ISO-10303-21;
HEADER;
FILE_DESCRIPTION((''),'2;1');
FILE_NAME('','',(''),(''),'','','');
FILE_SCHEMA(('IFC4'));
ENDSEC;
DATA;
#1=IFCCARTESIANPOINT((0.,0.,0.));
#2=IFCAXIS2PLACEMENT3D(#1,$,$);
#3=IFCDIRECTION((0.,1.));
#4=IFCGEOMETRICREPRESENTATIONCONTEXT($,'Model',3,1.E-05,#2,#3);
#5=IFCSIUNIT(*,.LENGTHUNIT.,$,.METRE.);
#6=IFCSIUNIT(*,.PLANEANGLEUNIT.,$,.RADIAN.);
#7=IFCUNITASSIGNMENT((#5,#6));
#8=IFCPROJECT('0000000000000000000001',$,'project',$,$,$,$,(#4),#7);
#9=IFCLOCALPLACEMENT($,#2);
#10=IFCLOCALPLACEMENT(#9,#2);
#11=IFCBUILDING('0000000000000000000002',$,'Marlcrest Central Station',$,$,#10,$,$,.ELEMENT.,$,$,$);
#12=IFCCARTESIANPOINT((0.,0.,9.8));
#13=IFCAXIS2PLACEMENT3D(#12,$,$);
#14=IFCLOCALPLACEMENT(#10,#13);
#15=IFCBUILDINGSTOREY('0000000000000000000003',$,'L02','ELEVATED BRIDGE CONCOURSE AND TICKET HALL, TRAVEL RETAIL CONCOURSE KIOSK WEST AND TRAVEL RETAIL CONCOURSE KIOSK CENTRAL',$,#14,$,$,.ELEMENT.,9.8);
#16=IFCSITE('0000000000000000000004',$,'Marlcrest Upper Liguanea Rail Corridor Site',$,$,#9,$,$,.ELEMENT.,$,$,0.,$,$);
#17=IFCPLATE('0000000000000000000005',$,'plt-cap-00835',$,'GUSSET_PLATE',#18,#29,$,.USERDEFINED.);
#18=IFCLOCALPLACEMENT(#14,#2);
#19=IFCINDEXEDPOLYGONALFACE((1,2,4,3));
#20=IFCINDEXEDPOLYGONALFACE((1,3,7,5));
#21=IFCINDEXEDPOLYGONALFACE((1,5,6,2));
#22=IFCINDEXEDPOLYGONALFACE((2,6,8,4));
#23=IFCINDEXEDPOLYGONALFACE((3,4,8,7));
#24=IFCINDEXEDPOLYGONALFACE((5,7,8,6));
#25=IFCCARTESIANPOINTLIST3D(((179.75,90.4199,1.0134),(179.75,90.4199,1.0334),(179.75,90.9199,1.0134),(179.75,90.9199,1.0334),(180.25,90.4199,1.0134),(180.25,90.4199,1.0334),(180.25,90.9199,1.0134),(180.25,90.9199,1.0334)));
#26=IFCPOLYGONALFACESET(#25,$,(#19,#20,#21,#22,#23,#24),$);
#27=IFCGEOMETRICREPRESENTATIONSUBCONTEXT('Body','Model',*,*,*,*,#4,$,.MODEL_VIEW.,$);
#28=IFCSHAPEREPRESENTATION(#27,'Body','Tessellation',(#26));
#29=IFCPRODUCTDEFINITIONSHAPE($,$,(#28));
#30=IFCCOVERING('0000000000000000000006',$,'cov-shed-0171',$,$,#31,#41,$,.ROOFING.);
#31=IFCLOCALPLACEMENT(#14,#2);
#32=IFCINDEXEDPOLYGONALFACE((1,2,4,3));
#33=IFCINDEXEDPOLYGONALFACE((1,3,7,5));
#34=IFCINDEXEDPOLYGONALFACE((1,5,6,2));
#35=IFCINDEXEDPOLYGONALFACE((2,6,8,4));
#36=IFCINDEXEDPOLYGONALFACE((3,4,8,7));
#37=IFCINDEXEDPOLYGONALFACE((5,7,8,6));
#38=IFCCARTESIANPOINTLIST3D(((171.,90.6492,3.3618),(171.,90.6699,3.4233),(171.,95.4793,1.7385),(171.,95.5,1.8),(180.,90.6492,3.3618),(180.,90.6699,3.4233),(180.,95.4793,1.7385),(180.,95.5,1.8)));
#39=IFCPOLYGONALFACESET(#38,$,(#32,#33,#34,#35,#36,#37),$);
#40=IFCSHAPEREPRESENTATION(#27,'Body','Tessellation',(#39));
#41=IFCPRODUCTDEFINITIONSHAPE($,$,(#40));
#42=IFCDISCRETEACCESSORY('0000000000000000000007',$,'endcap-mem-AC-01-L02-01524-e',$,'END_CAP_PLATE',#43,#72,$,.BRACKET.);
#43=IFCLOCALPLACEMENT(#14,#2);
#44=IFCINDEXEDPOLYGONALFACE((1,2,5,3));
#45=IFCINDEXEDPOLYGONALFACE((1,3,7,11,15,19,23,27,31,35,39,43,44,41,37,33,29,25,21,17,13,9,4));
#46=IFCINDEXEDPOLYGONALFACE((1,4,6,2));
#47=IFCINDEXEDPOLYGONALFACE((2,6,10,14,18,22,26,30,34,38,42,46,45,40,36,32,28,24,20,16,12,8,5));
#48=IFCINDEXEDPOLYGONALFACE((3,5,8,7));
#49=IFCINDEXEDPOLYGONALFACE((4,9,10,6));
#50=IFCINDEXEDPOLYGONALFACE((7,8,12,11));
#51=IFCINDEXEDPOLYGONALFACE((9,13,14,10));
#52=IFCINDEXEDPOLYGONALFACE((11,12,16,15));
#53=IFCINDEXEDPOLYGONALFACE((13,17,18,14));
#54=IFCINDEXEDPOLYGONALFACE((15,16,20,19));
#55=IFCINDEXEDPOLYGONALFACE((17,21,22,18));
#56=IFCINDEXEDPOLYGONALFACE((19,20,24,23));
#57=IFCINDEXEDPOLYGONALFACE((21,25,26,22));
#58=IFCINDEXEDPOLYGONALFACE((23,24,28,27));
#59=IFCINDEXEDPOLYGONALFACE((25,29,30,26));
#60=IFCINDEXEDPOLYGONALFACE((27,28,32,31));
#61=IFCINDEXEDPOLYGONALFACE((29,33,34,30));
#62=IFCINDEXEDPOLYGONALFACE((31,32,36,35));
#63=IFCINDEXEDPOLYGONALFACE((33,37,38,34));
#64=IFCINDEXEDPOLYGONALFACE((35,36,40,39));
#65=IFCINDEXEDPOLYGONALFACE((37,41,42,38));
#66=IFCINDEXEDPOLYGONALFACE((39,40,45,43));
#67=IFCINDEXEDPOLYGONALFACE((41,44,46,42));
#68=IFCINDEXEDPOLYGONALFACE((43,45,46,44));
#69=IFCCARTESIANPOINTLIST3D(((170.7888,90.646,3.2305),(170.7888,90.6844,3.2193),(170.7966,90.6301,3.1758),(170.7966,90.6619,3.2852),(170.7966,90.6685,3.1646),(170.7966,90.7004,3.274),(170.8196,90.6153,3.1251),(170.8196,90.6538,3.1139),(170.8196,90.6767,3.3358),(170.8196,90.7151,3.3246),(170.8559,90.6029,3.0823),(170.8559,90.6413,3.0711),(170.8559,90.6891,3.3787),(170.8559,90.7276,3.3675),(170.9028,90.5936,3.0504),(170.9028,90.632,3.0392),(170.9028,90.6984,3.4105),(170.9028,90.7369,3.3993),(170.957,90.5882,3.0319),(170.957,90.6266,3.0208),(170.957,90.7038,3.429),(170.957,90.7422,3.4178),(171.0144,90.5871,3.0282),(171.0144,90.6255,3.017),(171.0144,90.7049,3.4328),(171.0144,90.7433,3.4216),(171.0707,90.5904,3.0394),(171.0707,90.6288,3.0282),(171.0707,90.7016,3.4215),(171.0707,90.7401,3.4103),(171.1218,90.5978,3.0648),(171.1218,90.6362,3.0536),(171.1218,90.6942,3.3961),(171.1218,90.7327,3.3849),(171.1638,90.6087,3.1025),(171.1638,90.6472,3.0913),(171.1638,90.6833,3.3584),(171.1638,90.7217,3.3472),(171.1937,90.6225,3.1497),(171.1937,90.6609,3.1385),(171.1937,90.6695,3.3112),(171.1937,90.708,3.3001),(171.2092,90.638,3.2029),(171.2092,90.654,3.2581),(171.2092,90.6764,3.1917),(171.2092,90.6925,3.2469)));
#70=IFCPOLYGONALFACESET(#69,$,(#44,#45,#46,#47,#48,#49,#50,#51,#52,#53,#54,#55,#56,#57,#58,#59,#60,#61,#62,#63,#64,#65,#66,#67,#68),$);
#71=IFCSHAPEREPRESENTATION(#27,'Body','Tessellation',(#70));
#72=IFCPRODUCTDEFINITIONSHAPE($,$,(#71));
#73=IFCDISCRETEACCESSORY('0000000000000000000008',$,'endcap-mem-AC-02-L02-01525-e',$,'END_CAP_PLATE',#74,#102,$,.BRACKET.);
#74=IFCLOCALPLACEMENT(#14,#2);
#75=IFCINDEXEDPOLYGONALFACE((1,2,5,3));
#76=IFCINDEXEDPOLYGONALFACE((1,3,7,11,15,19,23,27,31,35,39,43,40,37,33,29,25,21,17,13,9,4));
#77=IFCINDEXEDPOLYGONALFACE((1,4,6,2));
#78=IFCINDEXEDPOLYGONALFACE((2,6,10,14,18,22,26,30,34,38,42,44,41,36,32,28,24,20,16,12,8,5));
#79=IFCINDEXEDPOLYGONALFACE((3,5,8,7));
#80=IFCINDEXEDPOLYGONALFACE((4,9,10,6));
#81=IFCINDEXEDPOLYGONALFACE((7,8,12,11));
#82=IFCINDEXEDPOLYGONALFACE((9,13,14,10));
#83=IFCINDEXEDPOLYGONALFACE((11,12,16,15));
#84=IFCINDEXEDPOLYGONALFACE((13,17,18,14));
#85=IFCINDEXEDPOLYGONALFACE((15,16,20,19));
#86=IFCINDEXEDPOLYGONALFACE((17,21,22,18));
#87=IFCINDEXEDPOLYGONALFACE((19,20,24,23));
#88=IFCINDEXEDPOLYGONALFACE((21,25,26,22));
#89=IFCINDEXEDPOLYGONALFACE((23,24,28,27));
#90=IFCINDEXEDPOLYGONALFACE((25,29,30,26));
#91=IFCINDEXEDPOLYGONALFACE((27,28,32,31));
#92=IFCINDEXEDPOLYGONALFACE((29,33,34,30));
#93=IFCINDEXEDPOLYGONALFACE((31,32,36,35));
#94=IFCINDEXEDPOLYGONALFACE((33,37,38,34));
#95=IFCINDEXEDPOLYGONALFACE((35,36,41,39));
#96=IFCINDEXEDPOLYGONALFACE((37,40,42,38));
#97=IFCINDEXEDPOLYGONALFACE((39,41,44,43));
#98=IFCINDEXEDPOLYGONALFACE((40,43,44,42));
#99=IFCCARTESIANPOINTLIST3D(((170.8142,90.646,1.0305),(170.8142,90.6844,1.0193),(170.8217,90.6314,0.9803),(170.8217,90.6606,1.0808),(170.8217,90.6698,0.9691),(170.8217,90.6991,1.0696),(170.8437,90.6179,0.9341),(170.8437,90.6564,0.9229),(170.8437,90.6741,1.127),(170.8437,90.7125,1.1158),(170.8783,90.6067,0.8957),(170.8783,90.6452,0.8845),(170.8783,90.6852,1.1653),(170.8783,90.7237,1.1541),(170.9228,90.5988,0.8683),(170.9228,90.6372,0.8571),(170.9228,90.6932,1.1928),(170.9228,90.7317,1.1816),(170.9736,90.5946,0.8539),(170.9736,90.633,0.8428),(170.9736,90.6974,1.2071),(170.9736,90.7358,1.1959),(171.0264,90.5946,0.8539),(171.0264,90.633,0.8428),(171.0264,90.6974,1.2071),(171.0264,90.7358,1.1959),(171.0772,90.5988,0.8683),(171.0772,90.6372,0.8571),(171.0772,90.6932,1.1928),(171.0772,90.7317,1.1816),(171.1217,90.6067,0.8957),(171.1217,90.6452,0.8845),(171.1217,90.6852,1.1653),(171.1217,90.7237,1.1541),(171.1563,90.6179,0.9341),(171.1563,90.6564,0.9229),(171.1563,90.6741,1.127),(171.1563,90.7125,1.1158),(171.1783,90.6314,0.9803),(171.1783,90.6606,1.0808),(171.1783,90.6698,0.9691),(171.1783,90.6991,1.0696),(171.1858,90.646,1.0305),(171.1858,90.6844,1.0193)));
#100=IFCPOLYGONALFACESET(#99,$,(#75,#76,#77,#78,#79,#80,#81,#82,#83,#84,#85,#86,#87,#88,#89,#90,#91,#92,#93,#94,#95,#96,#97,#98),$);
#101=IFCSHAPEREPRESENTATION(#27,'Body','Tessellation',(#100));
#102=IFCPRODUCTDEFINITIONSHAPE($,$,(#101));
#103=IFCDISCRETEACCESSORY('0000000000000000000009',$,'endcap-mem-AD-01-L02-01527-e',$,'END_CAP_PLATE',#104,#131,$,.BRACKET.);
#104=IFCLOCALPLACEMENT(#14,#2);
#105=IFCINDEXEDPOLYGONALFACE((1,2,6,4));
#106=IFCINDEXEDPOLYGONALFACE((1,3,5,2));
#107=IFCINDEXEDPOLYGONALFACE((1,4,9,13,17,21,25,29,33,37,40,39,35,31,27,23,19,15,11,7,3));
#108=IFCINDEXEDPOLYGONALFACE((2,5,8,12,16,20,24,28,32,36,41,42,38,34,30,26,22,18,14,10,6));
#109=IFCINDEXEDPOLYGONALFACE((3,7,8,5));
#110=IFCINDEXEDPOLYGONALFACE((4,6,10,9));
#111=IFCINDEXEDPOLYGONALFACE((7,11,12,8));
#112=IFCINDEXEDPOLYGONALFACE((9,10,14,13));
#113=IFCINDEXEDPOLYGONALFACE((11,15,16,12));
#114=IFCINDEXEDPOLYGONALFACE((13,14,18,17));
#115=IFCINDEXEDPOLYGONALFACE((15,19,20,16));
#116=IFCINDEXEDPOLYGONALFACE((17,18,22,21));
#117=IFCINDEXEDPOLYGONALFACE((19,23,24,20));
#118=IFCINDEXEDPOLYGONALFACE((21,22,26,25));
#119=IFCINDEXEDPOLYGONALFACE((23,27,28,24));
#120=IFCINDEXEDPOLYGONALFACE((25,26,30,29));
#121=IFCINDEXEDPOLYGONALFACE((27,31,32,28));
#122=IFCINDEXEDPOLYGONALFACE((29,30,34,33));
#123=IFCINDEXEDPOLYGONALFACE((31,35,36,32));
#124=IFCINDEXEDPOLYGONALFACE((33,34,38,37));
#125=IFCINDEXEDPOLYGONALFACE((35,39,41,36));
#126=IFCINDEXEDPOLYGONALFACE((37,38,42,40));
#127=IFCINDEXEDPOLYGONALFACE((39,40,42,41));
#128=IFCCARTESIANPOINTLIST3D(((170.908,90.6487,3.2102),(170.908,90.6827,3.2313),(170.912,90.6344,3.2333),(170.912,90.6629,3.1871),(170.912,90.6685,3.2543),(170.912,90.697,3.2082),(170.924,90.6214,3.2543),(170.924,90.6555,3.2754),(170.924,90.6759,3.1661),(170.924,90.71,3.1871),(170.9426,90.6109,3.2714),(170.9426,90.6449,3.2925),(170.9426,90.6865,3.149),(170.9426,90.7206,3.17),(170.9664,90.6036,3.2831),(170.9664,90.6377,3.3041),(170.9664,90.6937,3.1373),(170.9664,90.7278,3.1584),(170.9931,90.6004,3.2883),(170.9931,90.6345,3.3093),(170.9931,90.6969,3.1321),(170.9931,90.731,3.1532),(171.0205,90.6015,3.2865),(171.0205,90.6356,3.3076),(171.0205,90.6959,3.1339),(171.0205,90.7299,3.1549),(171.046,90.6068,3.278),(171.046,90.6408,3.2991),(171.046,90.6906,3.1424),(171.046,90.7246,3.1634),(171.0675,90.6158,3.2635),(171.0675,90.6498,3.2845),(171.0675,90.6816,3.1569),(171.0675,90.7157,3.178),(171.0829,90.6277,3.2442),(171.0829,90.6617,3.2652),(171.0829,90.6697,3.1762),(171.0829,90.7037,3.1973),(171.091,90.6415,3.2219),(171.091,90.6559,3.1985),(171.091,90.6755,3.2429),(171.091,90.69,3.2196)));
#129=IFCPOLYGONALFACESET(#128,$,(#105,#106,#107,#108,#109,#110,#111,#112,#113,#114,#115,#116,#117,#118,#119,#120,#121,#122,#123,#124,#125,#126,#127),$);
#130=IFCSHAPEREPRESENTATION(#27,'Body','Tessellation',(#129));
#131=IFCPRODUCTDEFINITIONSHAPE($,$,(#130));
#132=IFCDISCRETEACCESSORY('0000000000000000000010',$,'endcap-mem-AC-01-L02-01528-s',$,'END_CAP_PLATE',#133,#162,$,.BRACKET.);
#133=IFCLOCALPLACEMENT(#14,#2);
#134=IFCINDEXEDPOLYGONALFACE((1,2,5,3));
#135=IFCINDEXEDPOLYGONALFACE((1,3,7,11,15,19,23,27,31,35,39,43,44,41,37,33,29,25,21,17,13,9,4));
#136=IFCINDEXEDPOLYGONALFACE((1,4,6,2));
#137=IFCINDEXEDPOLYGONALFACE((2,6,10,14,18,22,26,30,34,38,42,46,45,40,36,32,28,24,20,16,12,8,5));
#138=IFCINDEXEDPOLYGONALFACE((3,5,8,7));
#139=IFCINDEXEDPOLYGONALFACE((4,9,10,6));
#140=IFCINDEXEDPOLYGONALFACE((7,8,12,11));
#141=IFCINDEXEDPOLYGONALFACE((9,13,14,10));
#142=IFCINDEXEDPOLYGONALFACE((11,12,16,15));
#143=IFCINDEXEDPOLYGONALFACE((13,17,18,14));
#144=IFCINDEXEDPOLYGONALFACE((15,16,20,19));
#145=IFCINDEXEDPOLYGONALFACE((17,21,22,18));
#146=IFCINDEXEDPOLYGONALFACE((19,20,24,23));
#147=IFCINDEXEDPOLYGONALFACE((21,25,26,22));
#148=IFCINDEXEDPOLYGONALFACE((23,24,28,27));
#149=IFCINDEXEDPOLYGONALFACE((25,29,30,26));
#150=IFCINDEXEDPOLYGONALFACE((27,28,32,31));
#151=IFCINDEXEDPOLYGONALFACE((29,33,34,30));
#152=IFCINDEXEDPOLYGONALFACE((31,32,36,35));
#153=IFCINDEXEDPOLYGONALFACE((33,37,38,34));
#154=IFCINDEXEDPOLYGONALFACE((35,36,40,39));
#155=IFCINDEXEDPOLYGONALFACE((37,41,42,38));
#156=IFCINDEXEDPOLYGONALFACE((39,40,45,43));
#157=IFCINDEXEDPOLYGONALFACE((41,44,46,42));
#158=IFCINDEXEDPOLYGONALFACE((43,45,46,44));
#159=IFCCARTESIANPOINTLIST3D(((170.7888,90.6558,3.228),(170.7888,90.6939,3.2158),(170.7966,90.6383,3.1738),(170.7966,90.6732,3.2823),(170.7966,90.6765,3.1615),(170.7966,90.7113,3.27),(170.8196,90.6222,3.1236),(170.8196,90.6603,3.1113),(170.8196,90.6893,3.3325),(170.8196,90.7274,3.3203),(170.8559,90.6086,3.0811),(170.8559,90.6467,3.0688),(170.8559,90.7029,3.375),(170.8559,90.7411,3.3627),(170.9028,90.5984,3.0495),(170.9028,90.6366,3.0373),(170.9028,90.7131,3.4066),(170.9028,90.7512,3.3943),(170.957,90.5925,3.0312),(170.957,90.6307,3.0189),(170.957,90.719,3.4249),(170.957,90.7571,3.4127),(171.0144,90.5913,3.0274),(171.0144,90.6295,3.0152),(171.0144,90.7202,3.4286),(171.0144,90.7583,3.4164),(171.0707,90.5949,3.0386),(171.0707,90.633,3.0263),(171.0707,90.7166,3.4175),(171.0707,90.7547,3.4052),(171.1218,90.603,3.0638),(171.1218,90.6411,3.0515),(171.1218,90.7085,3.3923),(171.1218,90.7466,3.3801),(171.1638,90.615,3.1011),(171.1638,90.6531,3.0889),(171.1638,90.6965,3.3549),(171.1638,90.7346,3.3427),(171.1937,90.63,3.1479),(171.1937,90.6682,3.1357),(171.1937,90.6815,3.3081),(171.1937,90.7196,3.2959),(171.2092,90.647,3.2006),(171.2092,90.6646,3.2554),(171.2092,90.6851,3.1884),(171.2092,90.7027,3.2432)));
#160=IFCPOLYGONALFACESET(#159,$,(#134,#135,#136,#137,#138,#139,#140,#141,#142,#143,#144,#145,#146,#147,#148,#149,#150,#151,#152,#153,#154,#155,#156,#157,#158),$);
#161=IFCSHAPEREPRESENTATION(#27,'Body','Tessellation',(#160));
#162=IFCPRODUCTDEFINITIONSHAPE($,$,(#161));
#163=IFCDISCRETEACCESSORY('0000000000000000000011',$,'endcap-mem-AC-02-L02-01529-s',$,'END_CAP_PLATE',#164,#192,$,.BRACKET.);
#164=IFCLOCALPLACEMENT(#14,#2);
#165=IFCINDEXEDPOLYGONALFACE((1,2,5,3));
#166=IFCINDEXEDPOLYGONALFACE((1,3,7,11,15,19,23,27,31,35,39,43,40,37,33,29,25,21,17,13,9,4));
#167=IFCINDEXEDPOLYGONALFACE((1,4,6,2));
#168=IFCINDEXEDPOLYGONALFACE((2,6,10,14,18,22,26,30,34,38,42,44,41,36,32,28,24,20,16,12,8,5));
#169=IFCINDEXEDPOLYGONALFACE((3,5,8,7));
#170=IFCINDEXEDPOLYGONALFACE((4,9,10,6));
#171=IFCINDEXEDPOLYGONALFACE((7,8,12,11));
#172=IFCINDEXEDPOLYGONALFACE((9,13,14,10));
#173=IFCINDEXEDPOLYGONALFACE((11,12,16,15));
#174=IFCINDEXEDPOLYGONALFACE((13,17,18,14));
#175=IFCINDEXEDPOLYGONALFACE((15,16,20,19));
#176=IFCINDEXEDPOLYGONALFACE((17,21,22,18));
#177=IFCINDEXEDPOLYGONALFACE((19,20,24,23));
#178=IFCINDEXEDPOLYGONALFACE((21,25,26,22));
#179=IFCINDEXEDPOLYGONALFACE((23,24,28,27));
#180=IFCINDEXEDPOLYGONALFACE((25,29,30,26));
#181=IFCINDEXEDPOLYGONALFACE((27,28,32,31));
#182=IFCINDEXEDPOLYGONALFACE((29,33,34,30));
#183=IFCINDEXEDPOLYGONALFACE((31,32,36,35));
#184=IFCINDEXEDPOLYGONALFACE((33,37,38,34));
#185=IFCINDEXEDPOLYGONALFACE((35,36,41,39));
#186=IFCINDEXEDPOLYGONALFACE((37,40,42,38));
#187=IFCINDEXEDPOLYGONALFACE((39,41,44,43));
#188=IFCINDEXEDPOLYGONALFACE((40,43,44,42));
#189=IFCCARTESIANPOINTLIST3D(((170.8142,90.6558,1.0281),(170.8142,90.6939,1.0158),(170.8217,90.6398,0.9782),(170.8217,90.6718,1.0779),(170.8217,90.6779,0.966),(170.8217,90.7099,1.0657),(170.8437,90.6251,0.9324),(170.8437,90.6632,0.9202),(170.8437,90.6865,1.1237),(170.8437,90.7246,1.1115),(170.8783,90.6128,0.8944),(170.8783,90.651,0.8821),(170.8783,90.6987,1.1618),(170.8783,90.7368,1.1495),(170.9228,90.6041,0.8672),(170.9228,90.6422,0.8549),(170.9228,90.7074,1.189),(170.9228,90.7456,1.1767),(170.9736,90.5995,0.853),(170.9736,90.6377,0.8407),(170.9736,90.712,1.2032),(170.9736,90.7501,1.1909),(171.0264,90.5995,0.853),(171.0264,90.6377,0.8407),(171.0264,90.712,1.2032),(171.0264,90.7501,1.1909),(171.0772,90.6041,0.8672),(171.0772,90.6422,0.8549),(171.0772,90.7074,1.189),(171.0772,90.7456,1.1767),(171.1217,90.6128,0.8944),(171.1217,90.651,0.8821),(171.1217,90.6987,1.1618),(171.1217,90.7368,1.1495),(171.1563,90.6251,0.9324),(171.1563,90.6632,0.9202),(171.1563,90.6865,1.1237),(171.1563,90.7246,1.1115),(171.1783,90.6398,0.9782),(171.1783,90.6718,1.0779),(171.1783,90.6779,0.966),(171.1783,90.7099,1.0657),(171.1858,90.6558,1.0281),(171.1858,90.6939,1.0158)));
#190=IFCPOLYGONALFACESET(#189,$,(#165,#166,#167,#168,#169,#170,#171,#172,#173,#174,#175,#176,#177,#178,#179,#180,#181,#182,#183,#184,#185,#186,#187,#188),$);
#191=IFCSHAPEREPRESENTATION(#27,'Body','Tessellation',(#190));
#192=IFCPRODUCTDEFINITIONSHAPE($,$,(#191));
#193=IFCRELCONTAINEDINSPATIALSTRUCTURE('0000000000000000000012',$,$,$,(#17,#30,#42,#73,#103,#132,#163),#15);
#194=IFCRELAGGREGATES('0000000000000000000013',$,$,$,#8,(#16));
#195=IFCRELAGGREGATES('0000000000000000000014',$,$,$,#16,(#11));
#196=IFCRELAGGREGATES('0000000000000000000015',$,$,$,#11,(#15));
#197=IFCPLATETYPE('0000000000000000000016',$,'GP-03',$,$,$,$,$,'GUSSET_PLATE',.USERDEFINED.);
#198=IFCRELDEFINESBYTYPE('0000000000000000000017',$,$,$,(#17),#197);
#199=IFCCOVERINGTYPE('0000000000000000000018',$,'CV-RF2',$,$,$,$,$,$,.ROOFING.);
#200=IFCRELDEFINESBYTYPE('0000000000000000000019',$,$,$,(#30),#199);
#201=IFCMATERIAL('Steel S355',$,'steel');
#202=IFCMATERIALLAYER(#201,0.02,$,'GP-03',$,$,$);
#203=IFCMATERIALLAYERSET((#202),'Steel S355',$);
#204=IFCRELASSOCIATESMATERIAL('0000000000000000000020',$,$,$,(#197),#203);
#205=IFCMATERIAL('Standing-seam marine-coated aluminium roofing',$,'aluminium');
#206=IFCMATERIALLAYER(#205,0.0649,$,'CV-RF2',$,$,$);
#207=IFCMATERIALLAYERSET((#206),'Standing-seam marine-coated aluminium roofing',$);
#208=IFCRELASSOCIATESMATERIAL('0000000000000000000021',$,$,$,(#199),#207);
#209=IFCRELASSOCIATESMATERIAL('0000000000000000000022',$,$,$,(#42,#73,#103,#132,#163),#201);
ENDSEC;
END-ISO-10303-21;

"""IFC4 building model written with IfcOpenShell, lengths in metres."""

from ifc_helpers import new_model, si_unit, direction, frame, origin, origin_2d, place, context, subcontext, project, spatial, polyline, rectangle, circle, outline, extrude, material, layer, layer_set, type_object, element, save


model = new_model("IFC4")

# Units and contexts
model_context = context("Model", 3, precision=1e-05, world=origin(), true_north=direction((0.0, 1.0)))
body_context = subcontext(model_context, "Body", "Model", "MODEL_VIEW")
ifc_project = project(units=[si_unit("LENGTHUNIT", "METRE"), si_unit("PLANEANGLEUNIT", "RADIAN")], contexts=[model_context])

# Site, building, storey
site_placement = place(None, origin())
site = spatial("IfcSite", under=ifc_project, at=site_placement, Name="Marlcrest Upper Liguanea Rail Corridor Site", CompositionType="ELEMENT", RefElevation=0.0)
building_placement = place(site_placement, origin())
building = spatial("IfcBuilding", under=site, at=building_placement, Name="Marlcrest Central Station", CompositionType="ELEMENT")
storey_placement = place(building_placement, frame((0.0, 0.0, 9.8)))
storey = spatial("IfcBuildingStorey", under=building, at=storey_placement, Name="L02", Description="ELEVATED BRIDGE CONCOURSE AND TICKET HALL, TRAVEL RETAIL CONCOURSE KIOSK WEST AND TRAVEL RETAIL CONCOURSE KIOSK CENTRAL", CompositionType="ELEMENT", Elevation=9.8)

# Shared definitions
ifc_material_1 = material(Name="Steel S355", Category="steel")

# Plate
ifc_layer_1 = layer(ifc_material_1, 0.02, Name="GP-03")
ifc_layer_set_1 = layer_set([ifc_layer_1], Name="Steel S355")
plate_type = type_object("IfcPlateType", Name="GP-03", ElementType="GUSSET_PLATE", PredefinedType="USERDEFINED", material=ifc_layer_set_1)
for number, where, z_axis, x_axis, name in (
    (1, (180.0, 90.6699, 1.0134), (0.0, 0.0, 1.0), (1.0, 0.0, 0.0), "plt-cap-00835"),
):
    element("IfcPlate", number, at=place(storey_placement, frame(where, z_axis=z_axis, x_axis=x_axis)), inside=storey, type_object=plate_type, Name=name, ObjectType="GUSSET_PLATE", PredefinedType="USERDEFINED", context=body_context, shape_type="SweptSolid", body=[
        extrude(rectangle(XDim=0.5, YDim=0.5, at=origin_2d()), origin(), (0.0, 0.0, 1.0), 0.02),
    ])

# Covering
ifc_material_2 = material(Name="Standing-seam marine-coated aluminium roofing", Category="aluminium")
ifc_layer_2 = layer(ifc_material_2, 0.0649, Name="CV-RF2")
ifc_layer_set_2 = layer_set([ifc_layer_2], Name="Standing-seam marine-coated aluminium roofing")
covering_type = type_object("IfcCoveringType", Name="CV-RF2", PredefinedType="ROOFING", material=ifc_layer_set_2)
covering_placement = place(storey_placement, frame((171.0, 90.6699, 3.4233), z_axis=(0.0, 0.31857, 0.947899), x_axis=(1.0, 0.0, 0.0)))
element("IfcCovering", 2, at=covering_placement, inside=storey, type_object=covering_type, Name="cov-shed-0171", PredefinedType="ROOFING", context=body_context, shape_type="SweptSolid", body=[
    extrude(outline(polyline([(0.0, 0.0), (9.0, 0.0), (9.0, 5.0956), (0.0, 5.0956), (0.0, 0.0)])), origin(), (0.0, 0.0, -1.0), 0.0649),
])

# Discrete accessories
discrete_accessory_1_placement = place(storey_placement, frame((171.0, 90.646, 3.2305), z_axis=(0.0, 0.96013, -0.279554), x_axis=(-1.0, 0.0, 0.0)))
element("IfcDiscreteAccessory", 3, at=discrete_accessory_1_placement, inside=storey, material=ifc_material_1, Name="endcap-mem-AC-01-L02-01524-e", ObjectType="END_CAP_PLATE", PredefinedType="BRACKET", context=body_context, shape_type="SweptSolid", body=[
    extrude(circle(Radius=0.2112, at=origin_2d()), origin(), (0.0, 0.0, 1.0), 0.04),
])
discrete_accessory_2_placement = place(storey_placement, frame((171.0, 90.646, 1.0305), z_axis=(0.0, 0.96013, -0.279554), x_axis=(-1.0, 0.0, 0.0)))
element("IfcDiscreteAccessory", 4, at=discrete_accessory_2_placement, inside=storey, material=ifc_material_1, Name="endcap-mem-AC-02-L02-01525-e", ObjectType="END_CAP_PLATE", PredefinedType="BRACKET", context=body_context, shape_type="SweptSolid", body=[
    extrude(circle(Radius=0.1858, at=origin_2d()), origin(), (0.0, 0.0, 1.0), 0.04),
])
discrete_accessory_3_placement = place(storey_placement, frame((171.0, 90.6487, 3.2102), z_axis=(0.0, 0.850687, 0.525672), x_axis=(-1.0, 0.0, 0.0)))
element("IfcDiscreteAccessory", 5, at=discrete_accessory_3_placement, inside=storey, material=ifc_material_1, Name="endcap-mem-AD-01-L02-01527-e", ObjectType="END_CAP_PLATE", PredefinedType="BRACKET", context=body_context, shape_type="SweptSolid", body=[
    extrude(circle(Radius=0.092, at=origin_2d()), origin(), (0.0, 0.0, 1.0), 0.04),
])
discrete_accessory_4_placement = place(storey_placement, frame((171.0, 90.6558, 3.228), z_axis=(0.0, 0.952117, -0.305734), x_axis=(-1.0, 0.0, 0.0)))
element("IfcDiscreteAccessory", 6, at=discrete_accessory_4_placement, inside=storey, material=ifc_material_1, Name="endcap-mem-AC-01-L02-01528-s", ObjectType="END_CAP_PLATE", PredefinedType="BRACKET", context=body_context, shape_type="SweptSolid", body=[
    extrude(circle(Radius=0.2112, at=origin_2d()), origin(), (0.0, 0.0, 1.0), 0.04),
])
discrete_accessory_5_placement = place(storey_placement, frame((171.0, 90.6558, 1.0281), z_axis=(0.0, 0.952117, -0.305734), x_axis=(-1.0, 0.0, 0.0)))
element("IfcDiscreteAccessory", 7, at=discrete_accessory_5_placement, inside=storey, material=ifc_material_1, Name="endcap-mem-AC-02-L02-01529-s", ObjectType="END_CAP_PLATE", PredefinedType="BRACKET", context=body_context, shape_type="SweptSolid", body=[
    extrude(circle(Radius=0.1858, at=origin_2d()), origin(), (0.0, 0.0, 1.0), 0.04),
])

save(model, "model.ifc")
